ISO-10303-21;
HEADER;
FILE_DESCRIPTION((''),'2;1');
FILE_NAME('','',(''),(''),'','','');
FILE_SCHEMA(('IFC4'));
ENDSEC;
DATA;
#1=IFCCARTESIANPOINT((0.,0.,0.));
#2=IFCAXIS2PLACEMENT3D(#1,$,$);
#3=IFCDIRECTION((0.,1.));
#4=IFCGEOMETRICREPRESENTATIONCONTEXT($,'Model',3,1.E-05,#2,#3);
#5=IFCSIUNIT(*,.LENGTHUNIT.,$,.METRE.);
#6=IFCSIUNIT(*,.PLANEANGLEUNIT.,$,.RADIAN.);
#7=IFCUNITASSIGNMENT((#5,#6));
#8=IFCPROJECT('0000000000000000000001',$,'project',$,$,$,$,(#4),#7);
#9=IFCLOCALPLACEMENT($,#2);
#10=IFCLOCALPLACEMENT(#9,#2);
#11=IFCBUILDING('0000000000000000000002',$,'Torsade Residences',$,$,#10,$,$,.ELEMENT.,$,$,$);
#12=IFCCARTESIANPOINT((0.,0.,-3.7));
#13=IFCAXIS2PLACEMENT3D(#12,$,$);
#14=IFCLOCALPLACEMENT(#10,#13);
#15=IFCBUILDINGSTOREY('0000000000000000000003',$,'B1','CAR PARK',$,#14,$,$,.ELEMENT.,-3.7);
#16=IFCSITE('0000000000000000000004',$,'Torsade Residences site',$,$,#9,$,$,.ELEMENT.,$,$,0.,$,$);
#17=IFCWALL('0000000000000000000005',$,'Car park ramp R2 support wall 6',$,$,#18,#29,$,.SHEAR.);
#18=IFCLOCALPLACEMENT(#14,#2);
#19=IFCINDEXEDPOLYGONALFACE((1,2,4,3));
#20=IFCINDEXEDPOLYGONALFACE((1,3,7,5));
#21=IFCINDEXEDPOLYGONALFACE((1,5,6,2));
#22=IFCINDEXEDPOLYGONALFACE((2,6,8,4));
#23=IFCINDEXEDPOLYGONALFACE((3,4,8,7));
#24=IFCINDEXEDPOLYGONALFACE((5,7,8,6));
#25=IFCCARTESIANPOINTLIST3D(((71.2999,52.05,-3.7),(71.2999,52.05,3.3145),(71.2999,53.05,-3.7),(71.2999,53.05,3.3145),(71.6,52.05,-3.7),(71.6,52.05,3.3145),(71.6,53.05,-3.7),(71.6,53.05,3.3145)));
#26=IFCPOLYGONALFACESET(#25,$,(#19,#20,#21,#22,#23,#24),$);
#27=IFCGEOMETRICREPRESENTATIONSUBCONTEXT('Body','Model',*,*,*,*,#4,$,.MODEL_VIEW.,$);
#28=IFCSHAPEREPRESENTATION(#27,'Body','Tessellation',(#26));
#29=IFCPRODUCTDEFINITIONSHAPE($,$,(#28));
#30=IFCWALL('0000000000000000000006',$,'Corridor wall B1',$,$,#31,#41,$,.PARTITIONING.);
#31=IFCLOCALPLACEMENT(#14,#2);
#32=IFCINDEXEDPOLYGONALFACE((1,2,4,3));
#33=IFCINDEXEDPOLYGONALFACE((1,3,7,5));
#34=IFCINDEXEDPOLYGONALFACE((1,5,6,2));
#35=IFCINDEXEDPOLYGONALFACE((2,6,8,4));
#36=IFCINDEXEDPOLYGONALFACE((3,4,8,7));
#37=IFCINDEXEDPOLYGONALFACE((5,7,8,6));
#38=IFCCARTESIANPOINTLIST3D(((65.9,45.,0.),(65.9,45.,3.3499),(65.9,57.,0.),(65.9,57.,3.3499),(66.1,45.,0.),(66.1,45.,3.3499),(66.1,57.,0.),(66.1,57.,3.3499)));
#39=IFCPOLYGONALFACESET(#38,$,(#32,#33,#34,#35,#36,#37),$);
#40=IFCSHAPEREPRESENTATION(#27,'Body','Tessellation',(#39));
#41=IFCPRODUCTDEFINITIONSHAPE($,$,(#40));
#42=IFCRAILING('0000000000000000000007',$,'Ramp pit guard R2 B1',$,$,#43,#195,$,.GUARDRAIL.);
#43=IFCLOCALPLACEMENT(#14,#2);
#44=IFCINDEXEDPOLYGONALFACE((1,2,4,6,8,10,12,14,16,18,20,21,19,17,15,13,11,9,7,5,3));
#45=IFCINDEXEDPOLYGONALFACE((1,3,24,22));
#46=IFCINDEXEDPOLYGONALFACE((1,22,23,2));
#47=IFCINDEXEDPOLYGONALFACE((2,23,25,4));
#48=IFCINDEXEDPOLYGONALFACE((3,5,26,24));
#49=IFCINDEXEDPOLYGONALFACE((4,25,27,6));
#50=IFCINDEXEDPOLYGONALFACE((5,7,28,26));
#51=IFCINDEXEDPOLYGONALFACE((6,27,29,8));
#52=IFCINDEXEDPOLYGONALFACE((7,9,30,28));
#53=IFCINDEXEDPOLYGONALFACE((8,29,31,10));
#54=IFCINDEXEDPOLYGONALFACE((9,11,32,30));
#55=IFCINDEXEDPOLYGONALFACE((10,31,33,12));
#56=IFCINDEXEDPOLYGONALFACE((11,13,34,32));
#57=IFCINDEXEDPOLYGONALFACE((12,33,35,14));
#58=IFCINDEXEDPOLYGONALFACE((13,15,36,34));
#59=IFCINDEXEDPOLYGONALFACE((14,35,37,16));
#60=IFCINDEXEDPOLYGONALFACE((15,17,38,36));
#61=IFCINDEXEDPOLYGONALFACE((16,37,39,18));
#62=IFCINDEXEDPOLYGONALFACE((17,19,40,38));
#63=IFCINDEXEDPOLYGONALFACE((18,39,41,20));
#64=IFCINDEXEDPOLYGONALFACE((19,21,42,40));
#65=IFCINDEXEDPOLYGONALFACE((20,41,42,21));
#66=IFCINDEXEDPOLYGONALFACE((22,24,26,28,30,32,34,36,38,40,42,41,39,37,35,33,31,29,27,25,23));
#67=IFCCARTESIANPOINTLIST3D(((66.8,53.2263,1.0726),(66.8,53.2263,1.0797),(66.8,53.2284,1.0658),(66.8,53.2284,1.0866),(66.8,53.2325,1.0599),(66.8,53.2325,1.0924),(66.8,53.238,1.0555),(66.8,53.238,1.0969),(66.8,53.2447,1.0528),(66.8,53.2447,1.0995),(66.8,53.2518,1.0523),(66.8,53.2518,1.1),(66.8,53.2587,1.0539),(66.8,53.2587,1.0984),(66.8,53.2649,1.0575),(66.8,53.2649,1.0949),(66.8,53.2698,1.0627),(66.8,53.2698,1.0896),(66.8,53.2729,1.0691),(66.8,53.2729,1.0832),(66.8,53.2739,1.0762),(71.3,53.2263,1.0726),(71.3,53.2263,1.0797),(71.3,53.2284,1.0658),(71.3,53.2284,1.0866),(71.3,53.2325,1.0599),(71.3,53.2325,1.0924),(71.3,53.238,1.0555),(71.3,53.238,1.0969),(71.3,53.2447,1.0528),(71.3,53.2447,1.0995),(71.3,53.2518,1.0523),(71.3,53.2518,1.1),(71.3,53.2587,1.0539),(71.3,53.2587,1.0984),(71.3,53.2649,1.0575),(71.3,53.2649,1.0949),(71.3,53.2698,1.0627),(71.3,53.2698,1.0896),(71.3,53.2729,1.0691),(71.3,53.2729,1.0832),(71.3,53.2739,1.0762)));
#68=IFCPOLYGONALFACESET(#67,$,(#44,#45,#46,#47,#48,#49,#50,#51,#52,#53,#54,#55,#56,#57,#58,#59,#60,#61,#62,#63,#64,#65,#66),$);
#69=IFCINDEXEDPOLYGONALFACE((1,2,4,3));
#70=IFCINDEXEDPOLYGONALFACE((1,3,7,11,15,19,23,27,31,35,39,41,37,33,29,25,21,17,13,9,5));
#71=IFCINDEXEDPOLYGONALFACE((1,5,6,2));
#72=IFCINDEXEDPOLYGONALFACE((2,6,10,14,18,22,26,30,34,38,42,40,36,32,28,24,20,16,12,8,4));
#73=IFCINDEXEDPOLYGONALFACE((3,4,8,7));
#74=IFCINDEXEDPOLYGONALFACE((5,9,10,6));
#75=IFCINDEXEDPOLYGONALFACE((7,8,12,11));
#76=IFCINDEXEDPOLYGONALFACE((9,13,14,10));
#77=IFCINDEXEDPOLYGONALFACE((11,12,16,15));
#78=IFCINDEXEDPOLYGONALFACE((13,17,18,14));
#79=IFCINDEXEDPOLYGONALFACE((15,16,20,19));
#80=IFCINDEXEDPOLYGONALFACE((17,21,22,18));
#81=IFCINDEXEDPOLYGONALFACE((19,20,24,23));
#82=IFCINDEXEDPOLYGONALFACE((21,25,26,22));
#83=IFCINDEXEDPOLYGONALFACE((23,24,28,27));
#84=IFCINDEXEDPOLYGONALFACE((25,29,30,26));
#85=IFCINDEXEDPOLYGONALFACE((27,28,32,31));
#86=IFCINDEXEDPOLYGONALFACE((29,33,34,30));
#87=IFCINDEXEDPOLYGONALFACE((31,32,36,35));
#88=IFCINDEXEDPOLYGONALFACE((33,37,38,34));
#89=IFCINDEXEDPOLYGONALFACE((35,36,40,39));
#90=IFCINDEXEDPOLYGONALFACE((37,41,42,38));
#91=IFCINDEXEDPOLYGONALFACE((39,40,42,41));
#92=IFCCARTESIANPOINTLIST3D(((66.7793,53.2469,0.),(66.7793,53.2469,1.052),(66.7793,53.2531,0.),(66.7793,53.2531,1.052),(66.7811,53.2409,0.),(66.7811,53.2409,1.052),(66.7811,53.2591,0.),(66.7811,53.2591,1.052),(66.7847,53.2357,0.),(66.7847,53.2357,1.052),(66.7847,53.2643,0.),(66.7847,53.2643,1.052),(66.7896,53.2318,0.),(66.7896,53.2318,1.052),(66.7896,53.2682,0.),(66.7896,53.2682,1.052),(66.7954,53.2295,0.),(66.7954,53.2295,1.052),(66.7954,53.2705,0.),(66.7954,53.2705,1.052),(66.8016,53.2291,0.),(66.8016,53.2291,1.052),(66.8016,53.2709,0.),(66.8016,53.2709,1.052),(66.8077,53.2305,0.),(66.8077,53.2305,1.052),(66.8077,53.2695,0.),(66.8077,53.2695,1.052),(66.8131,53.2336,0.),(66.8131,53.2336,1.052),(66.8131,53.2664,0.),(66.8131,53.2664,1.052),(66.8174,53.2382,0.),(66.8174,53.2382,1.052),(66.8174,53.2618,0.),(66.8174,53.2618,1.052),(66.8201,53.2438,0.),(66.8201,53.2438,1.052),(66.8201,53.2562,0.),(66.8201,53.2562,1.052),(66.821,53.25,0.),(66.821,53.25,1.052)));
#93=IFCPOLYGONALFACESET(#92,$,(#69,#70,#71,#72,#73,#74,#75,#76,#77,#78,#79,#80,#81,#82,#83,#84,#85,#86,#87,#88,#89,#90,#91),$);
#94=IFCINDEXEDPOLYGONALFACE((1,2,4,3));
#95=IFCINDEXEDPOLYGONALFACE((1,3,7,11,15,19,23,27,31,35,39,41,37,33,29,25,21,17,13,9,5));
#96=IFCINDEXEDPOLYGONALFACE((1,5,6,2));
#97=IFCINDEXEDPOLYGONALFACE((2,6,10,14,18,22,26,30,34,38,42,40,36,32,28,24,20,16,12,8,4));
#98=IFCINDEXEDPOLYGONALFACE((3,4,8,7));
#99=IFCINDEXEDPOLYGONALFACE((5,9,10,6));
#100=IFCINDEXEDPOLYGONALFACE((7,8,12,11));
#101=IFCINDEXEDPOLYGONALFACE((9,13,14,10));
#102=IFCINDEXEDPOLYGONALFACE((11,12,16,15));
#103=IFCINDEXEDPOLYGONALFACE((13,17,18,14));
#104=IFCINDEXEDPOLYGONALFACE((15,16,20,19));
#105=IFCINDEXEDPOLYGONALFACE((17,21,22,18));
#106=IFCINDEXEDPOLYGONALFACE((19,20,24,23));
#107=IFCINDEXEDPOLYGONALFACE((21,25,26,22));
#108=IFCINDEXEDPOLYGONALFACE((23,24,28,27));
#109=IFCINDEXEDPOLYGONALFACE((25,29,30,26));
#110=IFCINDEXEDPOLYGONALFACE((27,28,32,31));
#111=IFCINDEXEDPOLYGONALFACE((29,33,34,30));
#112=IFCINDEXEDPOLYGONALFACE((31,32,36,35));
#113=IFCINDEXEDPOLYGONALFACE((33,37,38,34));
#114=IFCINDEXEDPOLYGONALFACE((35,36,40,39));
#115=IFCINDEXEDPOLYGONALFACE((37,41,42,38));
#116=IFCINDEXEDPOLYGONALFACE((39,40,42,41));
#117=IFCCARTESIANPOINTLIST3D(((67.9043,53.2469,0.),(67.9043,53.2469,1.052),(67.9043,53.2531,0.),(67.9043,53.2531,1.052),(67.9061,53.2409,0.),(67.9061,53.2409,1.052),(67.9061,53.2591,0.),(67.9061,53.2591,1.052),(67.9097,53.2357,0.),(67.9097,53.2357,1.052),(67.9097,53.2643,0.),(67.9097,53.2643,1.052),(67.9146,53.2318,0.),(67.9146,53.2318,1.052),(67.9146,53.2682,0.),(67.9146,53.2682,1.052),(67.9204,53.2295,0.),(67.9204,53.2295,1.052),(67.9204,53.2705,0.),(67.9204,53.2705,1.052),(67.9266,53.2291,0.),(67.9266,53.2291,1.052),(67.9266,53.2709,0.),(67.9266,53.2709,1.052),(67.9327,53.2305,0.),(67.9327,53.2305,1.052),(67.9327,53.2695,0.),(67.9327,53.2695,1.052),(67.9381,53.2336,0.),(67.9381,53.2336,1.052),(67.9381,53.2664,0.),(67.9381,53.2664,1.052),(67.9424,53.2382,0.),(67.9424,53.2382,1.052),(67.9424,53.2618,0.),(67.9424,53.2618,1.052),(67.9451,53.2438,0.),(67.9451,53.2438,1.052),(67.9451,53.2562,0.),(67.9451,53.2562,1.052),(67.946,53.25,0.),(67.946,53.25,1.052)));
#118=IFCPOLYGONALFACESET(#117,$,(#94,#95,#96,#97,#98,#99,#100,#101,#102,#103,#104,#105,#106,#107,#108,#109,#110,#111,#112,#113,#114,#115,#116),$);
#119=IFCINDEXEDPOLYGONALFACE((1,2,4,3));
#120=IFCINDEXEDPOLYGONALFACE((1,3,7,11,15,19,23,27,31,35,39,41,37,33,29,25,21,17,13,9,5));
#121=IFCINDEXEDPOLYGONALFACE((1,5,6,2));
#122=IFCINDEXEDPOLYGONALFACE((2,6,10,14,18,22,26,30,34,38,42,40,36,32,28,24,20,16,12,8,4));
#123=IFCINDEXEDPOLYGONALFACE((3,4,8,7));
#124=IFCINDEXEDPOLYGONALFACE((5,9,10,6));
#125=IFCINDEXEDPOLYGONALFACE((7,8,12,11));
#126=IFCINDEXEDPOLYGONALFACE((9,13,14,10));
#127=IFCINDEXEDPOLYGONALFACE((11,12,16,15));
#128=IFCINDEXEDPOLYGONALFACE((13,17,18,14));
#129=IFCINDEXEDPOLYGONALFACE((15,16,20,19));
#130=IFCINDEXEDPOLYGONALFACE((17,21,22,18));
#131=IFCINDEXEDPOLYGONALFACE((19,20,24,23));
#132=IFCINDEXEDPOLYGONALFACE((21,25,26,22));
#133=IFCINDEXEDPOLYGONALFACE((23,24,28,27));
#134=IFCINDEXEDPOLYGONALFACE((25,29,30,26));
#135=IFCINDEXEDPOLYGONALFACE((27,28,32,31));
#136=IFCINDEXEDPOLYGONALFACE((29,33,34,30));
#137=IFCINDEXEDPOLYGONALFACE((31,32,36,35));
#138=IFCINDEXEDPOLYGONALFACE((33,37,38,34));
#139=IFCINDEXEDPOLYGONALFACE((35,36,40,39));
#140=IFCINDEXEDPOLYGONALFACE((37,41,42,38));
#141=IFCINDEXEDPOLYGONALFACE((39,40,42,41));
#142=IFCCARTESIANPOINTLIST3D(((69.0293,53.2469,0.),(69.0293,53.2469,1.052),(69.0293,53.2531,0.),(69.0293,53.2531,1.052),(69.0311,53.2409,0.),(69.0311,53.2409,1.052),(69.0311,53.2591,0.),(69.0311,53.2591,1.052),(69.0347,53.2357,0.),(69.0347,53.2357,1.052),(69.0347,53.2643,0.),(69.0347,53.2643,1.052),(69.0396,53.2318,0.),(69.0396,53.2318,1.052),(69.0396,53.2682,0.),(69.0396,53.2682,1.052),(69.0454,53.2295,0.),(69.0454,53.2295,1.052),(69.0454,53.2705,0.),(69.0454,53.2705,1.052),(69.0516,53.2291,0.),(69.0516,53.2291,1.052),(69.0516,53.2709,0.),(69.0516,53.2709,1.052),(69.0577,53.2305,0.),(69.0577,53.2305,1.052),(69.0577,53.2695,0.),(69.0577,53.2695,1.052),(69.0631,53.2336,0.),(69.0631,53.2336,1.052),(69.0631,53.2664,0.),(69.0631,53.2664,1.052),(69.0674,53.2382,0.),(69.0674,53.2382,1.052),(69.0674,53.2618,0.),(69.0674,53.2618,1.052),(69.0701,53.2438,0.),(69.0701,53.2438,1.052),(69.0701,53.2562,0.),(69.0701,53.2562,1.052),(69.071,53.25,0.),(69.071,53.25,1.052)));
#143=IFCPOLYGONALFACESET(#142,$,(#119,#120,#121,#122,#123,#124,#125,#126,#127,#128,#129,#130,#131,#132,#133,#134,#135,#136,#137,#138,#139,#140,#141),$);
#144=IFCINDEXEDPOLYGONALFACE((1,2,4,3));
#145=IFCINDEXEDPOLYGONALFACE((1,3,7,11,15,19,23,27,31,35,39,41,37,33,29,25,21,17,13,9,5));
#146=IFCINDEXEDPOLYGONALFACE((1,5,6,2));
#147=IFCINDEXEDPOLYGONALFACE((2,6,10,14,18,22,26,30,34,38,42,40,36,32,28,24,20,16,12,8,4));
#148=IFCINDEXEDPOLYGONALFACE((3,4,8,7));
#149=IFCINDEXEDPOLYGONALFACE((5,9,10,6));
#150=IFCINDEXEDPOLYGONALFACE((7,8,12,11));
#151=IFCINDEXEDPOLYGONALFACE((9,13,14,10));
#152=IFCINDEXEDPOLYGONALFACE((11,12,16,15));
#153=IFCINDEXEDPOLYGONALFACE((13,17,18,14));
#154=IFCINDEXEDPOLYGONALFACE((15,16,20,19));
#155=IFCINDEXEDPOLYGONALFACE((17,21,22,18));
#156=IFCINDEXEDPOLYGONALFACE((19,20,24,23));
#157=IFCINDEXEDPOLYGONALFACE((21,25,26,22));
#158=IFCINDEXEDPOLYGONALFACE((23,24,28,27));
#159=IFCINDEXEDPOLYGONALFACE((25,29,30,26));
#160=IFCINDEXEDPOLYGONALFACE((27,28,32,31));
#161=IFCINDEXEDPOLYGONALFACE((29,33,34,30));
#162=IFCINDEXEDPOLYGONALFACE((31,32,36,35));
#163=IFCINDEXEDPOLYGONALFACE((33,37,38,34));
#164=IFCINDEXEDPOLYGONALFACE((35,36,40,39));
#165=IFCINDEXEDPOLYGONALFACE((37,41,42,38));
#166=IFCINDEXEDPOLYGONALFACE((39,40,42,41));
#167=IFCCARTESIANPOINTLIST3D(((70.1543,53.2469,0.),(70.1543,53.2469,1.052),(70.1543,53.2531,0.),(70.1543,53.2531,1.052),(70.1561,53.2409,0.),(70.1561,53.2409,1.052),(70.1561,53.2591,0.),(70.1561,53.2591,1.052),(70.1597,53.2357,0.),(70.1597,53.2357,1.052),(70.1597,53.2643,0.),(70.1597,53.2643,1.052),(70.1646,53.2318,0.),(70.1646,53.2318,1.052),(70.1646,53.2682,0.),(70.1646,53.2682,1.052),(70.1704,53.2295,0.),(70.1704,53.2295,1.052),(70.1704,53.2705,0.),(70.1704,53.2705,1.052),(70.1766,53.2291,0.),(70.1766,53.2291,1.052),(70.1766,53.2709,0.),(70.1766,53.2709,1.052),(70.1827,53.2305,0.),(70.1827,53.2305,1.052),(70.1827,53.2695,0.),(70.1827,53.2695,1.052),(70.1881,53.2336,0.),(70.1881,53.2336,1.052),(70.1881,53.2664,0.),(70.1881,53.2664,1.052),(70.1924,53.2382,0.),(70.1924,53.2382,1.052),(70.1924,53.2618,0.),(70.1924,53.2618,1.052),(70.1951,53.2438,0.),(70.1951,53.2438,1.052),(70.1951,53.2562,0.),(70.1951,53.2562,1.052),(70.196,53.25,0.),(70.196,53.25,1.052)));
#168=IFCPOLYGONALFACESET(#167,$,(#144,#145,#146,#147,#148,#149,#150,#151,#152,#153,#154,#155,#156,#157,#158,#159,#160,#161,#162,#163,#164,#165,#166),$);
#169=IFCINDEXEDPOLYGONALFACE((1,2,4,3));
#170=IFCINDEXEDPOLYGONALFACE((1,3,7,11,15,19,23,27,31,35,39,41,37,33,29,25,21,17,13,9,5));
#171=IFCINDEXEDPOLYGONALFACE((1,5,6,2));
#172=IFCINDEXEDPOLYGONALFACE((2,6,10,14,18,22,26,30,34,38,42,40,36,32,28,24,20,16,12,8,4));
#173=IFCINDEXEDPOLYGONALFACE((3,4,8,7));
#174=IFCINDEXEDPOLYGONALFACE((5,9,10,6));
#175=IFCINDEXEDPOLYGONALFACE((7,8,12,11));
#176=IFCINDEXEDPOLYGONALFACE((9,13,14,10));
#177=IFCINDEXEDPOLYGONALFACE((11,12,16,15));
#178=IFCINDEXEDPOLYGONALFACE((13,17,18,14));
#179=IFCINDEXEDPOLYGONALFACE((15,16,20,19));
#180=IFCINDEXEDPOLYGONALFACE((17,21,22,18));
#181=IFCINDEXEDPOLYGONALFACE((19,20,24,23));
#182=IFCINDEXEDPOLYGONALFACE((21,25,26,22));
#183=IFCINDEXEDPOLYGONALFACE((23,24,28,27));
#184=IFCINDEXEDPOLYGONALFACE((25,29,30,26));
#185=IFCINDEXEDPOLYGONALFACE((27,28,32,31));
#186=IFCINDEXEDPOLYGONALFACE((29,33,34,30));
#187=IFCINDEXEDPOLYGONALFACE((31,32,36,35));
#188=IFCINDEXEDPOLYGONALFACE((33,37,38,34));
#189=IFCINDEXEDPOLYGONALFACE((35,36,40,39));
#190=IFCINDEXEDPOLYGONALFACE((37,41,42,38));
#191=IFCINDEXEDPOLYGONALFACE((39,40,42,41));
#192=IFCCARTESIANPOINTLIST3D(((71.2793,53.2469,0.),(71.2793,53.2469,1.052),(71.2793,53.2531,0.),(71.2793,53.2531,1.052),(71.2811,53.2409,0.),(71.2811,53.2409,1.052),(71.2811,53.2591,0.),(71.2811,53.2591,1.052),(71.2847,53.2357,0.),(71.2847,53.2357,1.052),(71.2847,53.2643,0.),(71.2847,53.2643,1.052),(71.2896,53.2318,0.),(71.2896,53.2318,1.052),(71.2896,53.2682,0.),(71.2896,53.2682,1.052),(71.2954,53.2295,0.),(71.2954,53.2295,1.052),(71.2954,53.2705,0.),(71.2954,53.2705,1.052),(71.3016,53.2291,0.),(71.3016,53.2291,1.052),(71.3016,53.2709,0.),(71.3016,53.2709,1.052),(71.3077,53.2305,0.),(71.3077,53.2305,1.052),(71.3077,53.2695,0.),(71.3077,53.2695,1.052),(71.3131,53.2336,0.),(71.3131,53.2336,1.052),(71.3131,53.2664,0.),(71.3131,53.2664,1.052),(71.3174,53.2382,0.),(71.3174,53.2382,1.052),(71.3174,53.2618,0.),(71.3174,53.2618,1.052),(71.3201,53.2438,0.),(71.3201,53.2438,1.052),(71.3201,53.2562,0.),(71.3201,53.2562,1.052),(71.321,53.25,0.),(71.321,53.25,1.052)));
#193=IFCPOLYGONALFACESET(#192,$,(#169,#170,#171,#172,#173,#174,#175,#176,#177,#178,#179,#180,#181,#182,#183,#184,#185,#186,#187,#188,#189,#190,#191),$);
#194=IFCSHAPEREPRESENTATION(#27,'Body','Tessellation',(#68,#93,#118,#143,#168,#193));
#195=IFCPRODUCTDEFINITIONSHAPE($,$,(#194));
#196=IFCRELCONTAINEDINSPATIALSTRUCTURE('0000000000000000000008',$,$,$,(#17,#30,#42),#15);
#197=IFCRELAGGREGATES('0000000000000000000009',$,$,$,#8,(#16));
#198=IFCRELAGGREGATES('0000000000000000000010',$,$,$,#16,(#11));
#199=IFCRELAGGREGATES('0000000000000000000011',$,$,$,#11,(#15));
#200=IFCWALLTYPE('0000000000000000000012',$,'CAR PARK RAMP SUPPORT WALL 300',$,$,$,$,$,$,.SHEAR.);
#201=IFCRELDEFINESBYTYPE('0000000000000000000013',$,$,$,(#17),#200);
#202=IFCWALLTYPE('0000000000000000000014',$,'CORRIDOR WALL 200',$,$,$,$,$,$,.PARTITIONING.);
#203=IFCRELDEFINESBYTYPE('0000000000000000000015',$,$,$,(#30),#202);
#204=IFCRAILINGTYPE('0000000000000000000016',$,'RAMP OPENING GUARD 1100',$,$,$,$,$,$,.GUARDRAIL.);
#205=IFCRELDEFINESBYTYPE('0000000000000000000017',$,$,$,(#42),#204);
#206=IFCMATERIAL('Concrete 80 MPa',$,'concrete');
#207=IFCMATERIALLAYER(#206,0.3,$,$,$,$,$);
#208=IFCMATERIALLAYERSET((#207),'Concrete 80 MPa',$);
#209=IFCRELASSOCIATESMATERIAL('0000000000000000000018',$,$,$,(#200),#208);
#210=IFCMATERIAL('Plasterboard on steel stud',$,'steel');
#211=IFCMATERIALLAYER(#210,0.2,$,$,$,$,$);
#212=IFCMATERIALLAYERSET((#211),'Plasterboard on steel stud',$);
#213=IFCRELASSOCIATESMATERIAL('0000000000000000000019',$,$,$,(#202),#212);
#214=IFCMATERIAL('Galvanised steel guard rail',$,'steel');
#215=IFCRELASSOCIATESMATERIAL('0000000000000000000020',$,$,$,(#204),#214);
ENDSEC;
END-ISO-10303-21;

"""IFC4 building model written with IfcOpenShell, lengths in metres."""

from ifc_helpers import new_model, si_unit, direction, frame, frame_2d, origin, origin_2d, place, context, subcontext, project, spatial, rectangle, circle, extrude, material, layer, layer_set, type_object, element, save


model = new_model("IFC4")

# Units and contexts
model_context = context("Model", 3, precision=1e-05, world=origin(), true_north=direction((0.0, 1.0)))
body_context = subcontext(model_context, "Body", "Model", "MODEL_VIEW")
ifc_project = project(units=[si_unit("LENGTHUNIT", "METRE"), si_unit("PLANEANGLEUNIT", "RADIAN")], contexts=[model_context])

# Site, building, storey
site_placement = place(None, origin())
site = spatial("IfcSite", under=ifc_project, at=site_placement, Name="Torsade Residences site", CompositionType="ELEMENT", RefElevation=0.0)
building_placement = place(site_placement, origin())
building = spatial("IfcBuilding", under=site, at=building_placement, Name="Torsade Residences", CompositionType="ELEMENT")
storey_placement = place(building_placement, frame((0.0, 0.0, -3.7)))
storey = spatial("IfcBuildingStorey", under=building, at=storey_placement, Name="B1", Description="CAR PARK", CompositionType="ELEMENT", Elevation=-3.7)

# Walls
ifc_material_1 = material(Name="Concrete 80 MPa", Category="concrete")
ifc_layer_1 = layer(ifc_material_1, 0.3)
ifc_layer_set_1 = layer_set([ifc_layer_1], Name="Concrete 80 MPa")
wall_type_1 = type_object("IfcWallType", Name="CAR PARK RAMP SUPPORT WALL 300", PredefinedType="SHEAR", material=ifc_layer_set_1)
for number, where, z_axis, x_axis, name in (
    (1, (71.45, 52.05, -3.7), (0.0, 0.0, 1.0), (0.0, 1.0, 0.0), "Car park ramp R2 support wall 6"),
):
    element("IfcWall", number, at=place(storey_placement, frame(where, z_axis=z_axis, x_axis=x_axis)), inside=storey, type_object=wall_type_1, Name=name, PredefinedType="SHEAR", context=body_context, shape_type="SweptSolid", body=[
        extrude(rectangle(XDim=1.0, YDim=0.3, at=frame_2d((0.5, 0.0))), origin(), (0.0, 0.0, 1.0), 7.0144),
    ])
ifc_material_2 = material(Name="Plasterboard on steel stud", Category="steel")
ifc_layer_2 = layer(ifc_material_2, 0.2)
ifc_layer_set_2 = layer_set([ifc_layer_2], Name="Plasterboard on steel stud")
wall_type_2 = type_object("IfcWallType", Name="CORRIDOR WALL 200", PredefinedType="PARTITIONING", material=ifc_layer_set_2)
wall_1_placement = place(storey_placement, frame((66.0, 57.0, 0.0), z_axis=(0.0, 0.0, 1.0), x_axis=(0.0, -1.0, 0.0)))
element("IfcWall", 2, at=wall_1_placement, inside=storey, type_object=wall_type_2, Name="Corridor wall B1", PredefinedType="PARTITIONING", context=body_context, shape_type="SweptSolid", body=[
    extrude(rectangle(XDim=12.0, YDim=0.2, at=frame_2d((6.0, 0.0))), origin(), (0.0, 0.0, 1.0), 3.3499),
])

# Railing
ifc_material_3 = material(Name="Galvanised steel guard rail", Category="steel")
railing_type = type_object("IfcRailingType", Name="RAMP OPENING GUARD 1100", PredefinedType="GUARDRAIL", material=ifc_material_3)
railing_placement = place(storey_placement, frame((66.8, 53.25, 0.0)))
element("IfcRailing", 3, at=railing_placement, inside=storey, type_object=railing_type, Name="Ramp pit guard R2 B1", PredefinedType="GUARDRAIL", context=body_context, shape_type="SweptSolid", body=[
    extrude(circle(Radius=0.0239, at=origin_2d()), frame((0.0, 0.0, 1.0762), z_axis=(1.0, 0.0, 0.0), x_axis=(0.0, 1.0, 0.0)), (0.0, 0.0, 1.0), 4.5),
    extrude(circle(Radius=0.021, at=origin_2d()), origin(), (0.0, 0.0, 1.0), 1.052),
    extrude(circle(Radius=0.021, at=origin_2d()), frame((1.125, 0.0, 0.0)), (0.0, 0.0, 1.0), 1.052),
    extrude(circle(Radius=0.021, at=origin_2d()), frame((2.25, 0.0, 0.0)), (0.0, 0.0, 1.0), 1.052),
    extrude(circle(Radius=0.021, at=origin_2d()), frame((3.375, 0.0, 0.0)), (0.0, 0.0, 1.0), 1.052),
    extrude(circle(Radius=0.021, at=origin_2d()), frame((4.5, 0.0, 0.0)), (0.0, 0.0, 1.0), 1.052),
])

save(model, "model.ifc")
